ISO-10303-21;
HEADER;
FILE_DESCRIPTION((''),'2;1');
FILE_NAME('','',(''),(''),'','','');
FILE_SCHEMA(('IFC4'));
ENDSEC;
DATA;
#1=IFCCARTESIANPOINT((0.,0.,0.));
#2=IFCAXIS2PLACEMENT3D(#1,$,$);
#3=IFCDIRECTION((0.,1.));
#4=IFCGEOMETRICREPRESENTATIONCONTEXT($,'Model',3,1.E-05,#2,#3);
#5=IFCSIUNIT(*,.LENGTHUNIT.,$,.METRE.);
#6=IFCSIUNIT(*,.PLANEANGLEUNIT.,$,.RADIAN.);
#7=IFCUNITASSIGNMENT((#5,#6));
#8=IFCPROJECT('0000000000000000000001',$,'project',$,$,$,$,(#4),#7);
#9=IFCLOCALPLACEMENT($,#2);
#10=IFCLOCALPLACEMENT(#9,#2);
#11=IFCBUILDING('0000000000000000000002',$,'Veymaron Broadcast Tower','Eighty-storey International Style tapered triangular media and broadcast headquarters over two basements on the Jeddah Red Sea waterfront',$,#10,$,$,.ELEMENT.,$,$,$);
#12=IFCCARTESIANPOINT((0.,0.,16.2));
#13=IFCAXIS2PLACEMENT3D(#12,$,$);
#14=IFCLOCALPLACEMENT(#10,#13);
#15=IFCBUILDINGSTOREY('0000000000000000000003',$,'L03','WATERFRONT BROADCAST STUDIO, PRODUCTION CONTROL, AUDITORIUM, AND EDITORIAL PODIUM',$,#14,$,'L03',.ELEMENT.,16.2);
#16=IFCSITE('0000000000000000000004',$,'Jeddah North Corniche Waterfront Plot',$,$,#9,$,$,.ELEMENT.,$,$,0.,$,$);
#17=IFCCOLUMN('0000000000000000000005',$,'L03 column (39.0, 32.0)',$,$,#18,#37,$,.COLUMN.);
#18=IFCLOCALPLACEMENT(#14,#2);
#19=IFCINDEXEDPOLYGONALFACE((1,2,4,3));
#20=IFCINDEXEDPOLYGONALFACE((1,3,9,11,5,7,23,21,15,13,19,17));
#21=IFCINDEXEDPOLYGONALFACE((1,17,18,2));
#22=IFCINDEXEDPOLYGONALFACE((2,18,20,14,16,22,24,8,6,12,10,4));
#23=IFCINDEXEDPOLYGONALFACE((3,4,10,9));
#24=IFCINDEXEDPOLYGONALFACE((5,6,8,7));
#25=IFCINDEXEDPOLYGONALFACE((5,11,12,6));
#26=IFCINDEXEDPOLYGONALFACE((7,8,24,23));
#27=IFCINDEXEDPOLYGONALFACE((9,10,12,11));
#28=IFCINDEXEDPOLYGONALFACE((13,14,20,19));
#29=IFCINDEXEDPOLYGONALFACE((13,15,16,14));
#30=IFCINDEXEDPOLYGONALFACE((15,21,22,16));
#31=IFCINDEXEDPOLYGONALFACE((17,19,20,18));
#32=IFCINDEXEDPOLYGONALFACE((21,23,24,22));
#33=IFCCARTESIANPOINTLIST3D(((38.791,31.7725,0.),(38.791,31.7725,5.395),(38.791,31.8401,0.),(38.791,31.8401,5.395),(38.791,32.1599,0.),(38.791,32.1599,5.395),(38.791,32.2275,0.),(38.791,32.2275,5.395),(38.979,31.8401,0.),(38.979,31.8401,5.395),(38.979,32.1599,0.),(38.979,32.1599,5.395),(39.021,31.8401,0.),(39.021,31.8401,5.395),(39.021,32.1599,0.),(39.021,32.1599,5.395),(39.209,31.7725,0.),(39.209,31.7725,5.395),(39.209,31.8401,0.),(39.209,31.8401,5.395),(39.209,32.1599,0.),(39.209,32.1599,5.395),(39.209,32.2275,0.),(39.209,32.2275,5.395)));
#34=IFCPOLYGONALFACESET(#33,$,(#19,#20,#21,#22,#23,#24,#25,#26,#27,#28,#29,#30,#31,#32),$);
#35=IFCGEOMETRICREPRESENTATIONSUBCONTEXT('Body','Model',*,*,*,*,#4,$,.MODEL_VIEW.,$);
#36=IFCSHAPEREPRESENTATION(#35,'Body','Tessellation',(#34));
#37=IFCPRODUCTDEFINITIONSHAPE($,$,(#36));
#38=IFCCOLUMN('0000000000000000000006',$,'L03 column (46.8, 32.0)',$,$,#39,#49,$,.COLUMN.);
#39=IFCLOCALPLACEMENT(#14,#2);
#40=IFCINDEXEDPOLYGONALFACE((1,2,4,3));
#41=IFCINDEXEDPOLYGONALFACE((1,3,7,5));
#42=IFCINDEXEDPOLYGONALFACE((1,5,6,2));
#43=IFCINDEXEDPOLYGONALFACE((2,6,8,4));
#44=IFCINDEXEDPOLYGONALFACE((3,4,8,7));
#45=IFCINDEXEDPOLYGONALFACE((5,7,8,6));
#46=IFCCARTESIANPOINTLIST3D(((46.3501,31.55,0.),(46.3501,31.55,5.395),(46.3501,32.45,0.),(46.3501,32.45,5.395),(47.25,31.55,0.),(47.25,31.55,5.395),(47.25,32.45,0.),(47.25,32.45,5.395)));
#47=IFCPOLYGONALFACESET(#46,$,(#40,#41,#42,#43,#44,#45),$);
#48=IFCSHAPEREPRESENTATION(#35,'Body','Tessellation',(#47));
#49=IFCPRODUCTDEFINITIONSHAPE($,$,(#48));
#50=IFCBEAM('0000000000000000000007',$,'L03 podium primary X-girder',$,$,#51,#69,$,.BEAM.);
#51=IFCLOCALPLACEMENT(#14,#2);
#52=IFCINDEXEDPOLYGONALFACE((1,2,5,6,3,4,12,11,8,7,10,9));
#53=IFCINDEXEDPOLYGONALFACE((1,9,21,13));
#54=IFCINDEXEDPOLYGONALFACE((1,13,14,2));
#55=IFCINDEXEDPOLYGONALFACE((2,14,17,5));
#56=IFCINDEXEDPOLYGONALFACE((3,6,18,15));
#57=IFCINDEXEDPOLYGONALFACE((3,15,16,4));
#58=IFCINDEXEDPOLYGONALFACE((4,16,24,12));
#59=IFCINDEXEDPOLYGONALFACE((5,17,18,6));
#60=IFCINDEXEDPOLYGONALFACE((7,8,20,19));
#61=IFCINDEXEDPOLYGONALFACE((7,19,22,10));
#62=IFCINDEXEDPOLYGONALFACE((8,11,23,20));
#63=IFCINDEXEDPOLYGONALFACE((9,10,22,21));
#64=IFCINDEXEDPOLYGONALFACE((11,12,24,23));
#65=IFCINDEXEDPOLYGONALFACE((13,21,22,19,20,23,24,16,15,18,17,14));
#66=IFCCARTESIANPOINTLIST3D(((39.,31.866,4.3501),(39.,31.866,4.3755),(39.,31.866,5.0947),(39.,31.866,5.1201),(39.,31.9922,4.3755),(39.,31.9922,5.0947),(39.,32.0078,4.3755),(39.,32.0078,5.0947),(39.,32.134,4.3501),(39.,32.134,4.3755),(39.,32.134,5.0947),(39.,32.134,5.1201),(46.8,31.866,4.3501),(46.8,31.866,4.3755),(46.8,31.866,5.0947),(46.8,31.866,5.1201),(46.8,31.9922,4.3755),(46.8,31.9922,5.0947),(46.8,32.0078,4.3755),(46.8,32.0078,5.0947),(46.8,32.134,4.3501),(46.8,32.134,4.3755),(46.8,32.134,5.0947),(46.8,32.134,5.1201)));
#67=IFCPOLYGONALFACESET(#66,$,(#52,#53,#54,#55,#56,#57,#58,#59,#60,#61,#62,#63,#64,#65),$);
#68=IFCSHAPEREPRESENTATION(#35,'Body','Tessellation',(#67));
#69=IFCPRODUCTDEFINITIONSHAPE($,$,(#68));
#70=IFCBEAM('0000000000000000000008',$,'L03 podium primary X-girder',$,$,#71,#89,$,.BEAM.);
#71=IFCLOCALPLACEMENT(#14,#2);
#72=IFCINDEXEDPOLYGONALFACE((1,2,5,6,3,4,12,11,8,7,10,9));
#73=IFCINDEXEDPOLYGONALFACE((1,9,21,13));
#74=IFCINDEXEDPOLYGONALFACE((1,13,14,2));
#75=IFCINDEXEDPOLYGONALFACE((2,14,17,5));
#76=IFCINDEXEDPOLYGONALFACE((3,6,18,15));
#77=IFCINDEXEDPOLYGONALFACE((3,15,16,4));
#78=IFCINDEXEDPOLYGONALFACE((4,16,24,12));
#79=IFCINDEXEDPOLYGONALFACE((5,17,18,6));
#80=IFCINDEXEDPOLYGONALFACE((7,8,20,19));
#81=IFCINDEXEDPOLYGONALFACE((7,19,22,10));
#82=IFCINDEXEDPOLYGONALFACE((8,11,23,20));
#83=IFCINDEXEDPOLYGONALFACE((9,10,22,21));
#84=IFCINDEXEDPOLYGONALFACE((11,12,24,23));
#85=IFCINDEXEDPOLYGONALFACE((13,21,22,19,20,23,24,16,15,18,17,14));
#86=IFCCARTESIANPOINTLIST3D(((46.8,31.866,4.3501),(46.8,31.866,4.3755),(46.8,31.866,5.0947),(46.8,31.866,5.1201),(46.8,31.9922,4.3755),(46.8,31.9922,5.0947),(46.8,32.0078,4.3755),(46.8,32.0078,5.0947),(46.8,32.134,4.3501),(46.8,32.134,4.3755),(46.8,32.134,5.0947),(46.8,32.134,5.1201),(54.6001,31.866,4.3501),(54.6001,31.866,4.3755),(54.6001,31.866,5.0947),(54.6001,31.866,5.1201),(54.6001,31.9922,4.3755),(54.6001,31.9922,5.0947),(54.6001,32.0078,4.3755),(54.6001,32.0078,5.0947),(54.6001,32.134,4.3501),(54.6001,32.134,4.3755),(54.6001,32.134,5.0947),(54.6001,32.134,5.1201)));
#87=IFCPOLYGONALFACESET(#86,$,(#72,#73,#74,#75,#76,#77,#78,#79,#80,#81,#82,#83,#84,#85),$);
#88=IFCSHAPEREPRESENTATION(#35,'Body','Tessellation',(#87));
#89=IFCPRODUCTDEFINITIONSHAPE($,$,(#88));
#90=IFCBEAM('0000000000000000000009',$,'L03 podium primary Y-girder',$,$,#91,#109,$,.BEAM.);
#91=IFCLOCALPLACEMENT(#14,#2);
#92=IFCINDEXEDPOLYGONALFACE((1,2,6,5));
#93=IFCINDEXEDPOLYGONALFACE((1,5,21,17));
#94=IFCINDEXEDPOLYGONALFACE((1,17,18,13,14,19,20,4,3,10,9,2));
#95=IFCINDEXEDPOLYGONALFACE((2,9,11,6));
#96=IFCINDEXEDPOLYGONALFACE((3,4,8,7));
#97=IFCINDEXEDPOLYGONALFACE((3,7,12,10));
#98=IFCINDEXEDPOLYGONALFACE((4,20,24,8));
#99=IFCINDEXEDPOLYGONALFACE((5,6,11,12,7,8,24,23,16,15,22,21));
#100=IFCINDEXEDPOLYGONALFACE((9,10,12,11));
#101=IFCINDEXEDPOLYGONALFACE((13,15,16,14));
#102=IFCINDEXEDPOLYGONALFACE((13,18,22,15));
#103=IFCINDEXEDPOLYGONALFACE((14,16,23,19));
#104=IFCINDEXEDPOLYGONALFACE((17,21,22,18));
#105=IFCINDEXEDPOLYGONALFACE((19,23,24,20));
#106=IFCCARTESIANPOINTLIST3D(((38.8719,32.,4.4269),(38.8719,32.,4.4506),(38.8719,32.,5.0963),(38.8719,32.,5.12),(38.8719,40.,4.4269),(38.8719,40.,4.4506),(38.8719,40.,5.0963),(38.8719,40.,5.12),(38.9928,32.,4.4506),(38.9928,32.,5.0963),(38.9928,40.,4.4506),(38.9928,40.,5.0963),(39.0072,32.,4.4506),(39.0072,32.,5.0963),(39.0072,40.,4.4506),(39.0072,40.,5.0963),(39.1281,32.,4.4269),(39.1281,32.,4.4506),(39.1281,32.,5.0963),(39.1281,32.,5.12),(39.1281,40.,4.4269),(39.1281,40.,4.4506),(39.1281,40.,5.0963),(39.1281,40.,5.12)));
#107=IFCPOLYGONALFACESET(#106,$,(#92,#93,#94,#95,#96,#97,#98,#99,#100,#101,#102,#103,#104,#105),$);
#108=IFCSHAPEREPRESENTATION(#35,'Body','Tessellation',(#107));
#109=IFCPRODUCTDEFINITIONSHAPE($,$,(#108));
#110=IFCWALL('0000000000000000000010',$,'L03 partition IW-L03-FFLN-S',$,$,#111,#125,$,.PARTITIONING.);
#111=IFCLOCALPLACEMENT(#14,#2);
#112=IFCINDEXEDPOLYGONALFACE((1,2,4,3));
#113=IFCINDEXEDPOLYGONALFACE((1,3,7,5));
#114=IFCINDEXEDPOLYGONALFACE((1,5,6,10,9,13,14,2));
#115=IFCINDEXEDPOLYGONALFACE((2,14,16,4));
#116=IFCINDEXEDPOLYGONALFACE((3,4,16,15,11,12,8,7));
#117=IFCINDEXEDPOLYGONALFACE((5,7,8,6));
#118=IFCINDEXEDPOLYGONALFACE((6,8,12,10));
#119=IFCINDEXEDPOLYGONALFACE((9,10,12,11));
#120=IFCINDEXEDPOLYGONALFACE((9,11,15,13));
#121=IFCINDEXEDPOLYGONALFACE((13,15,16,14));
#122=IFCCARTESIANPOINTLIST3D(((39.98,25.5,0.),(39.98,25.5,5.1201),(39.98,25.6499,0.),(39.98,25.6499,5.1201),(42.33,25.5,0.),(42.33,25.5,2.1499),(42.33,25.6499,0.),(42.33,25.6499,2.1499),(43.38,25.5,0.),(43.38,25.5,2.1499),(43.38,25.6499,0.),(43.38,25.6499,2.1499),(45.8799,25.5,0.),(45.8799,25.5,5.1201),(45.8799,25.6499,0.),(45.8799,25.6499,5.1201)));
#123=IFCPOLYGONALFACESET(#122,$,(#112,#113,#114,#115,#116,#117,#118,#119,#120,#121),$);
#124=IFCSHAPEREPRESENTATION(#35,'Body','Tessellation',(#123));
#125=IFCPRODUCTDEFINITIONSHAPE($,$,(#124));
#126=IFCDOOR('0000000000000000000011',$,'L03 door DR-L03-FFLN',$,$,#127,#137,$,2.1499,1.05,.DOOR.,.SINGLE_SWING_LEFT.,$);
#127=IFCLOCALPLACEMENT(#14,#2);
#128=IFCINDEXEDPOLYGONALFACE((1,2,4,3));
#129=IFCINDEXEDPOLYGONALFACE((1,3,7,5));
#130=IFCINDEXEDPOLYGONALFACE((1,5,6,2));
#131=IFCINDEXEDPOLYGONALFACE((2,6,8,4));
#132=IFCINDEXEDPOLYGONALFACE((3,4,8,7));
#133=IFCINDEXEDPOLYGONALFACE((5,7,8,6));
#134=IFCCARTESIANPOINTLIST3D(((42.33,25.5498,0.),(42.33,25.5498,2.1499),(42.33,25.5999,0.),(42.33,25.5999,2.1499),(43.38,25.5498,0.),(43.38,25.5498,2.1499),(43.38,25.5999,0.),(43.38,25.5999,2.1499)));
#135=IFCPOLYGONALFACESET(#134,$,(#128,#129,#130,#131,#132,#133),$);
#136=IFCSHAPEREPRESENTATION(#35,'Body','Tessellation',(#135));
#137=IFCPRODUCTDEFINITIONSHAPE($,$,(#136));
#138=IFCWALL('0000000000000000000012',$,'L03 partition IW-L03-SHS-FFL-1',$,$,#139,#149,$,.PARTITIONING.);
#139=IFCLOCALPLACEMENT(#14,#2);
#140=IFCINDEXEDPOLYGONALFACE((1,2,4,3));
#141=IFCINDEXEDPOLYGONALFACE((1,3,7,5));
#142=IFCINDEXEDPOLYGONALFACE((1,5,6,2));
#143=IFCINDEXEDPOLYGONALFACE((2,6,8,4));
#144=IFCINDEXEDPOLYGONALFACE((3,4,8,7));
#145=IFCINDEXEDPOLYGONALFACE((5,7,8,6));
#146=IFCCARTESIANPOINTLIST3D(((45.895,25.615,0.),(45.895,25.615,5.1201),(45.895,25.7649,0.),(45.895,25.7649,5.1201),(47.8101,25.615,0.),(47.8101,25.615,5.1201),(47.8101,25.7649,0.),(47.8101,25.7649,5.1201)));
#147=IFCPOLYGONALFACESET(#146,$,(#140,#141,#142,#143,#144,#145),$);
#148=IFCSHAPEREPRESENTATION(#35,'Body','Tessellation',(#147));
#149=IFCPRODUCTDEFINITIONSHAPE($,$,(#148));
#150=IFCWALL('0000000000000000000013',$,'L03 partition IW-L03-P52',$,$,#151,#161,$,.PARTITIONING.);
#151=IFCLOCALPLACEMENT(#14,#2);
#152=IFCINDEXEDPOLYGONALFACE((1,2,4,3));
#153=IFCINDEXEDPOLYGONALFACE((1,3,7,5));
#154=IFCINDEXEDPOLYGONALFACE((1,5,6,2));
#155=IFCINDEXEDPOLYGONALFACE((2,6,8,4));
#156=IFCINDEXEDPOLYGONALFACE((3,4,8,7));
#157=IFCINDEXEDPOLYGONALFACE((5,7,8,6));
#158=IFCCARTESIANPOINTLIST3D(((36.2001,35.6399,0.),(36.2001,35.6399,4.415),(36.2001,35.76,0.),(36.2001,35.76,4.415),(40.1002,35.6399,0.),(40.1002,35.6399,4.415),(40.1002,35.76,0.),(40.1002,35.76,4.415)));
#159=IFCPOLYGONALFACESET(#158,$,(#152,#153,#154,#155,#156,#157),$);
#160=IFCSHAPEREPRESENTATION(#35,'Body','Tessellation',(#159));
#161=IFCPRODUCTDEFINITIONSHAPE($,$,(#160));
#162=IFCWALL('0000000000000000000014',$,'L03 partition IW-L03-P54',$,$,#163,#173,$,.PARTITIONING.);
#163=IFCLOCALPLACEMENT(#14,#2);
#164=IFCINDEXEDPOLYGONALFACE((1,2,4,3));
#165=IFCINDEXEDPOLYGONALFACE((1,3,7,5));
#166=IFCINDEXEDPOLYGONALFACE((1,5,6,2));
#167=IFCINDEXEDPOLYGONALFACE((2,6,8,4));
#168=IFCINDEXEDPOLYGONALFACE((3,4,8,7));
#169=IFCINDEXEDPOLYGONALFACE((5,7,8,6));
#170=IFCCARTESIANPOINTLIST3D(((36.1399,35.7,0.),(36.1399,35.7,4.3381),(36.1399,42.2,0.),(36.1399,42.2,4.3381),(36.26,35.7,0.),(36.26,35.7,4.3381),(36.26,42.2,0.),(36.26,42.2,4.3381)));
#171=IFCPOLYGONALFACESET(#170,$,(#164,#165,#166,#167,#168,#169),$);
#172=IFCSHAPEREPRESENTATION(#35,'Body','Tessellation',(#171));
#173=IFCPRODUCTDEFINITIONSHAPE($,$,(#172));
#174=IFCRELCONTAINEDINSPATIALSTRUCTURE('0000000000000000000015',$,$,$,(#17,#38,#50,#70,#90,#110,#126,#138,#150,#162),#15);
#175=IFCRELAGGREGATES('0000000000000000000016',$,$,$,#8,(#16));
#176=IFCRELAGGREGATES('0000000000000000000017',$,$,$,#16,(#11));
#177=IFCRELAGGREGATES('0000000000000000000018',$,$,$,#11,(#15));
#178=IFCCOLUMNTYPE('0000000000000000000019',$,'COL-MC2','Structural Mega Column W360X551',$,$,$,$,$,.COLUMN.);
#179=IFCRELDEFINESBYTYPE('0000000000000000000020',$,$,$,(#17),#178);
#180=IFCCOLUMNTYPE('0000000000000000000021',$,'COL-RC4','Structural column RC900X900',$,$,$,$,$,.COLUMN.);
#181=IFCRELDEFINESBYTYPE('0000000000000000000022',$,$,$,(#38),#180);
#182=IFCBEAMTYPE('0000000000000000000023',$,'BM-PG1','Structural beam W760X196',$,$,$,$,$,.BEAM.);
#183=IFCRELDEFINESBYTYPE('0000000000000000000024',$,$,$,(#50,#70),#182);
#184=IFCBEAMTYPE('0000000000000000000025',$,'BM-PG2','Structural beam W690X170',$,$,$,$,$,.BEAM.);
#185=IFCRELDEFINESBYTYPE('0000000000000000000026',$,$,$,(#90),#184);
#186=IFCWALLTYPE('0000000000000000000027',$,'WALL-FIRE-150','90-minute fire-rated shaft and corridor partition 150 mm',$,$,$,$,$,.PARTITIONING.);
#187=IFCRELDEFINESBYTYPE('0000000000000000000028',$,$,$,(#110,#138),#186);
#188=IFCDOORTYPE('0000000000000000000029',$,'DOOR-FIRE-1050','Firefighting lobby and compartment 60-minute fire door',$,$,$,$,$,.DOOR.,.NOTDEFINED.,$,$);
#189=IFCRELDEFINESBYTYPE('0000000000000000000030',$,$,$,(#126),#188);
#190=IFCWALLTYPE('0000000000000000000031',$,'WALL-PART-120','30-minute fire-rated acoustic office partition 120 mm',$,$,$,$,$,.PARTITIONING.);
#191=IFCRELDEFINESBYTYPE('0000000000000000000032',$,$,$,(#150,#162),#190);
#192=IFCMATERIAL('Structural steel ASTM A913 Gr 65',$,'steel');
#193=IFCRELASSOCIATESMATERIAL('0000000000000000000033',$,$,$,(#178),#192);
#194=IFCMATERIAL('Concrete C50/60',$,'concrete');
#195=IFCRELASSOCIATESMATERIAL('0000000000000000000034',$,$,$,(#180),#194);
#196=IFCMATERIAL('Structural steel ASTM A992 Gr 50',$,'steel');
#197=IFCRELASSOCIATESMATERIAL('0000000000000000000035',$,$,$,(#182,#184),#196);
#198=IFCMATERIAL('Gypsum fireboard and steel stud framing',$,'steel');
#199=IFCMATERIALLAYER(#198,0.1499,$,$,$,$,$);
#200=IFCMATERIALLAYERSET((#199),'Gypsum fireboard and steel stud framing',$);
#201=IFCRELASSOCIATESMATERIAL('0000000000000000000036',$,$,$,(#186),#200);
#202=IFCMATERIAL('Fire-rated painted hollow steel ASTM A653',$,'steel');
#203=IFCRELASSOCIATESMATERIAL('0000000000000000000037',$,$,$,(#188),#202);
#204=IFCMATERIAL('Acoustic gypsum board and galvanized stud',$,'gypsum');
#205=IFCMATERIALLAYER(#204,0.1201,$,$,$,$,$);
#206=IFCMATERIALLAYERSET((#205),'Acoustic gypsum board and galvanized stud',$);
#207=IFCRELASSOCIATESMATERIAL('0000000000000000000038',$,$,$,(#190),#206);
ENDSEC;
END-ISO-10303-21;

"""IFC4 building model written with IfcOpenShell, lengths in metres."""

from ifc_helpers import new_model, si_unit, direction, frame, frame_2d, origin, origin_2d, place, context, subcontext, project, spatial, rectangle, i_section, extrude, material, layer, layer_set, material_profile, profile_set, type_object, element, fill, save


model = new_model("IFC4")

# Units and contexts
model_context = context("Model", 3, precision=1e-05, world=origin(), true_north=direction((0.0, 1.0)))
body_context = subcontext(model_context, "Body", "Model", "MODEL_VIEW")
ifc_project = project(units=[si_unit("LENGTHUNIT", "METRE"), si_unit("PLANEANGLEUNIT", "RADIAN")], contexts=[model_context])

# Site, building, storey
site_placement = place(None, origin())
site = spatial("IfcSite", under=ifc_project, at=site_placement, Name="Jeddah North Corniche Waterfront Plot", CompositionType="ELEMENT", RefElevation=0.0)
building_placement = place(site_placement, origin())
building = spatial("IfcBuilding", under=site, at=building_placement, Name="Veymaron Broadcast Tower", Description="Eighty-storey International Style tapered triangular media and broadcast headquarters over two basements on the Jeddah Red Sea waterfront", CompositionType="ELEMENT")
storey_placement = place(building_placement, frame((0.0, 0.0, 16.2)))
storey = spatial("IfcBuildingStorey", under=building, at=storey_placement, Name="L03", Description="WATERFRONT BROADCAST STUDIO, PRODUCTION CONTROL, AUDITORIUM, AND EDITORIAL PODIUM", LongName="L03", CompositionType="ELEMENT", Elevation=16.2)

# Columns
ifc_material_1 = material(Name="Structural steel ASTM A913 Gr 65", Category="steel")
ifc_material_profile_1 = material_profile(ifc_material_1, i_section(OverallWidth=0.418, OverallDepth=0.4551, WebThickness=0.042, FlangeThickness=0.0676, at=origin_2d()), Name="W360X551")
ifc_profile_set_1 = profile_set([ifc_material_profile_1], Name="Structural steel ASTM A913 Gr 65")
column_type_1 = type_object("IfcColumnType", Name="COL-MC2", Description="Structural Mega Column W360X551", PredefinedType="COLUMN", material=ifc_profile_set_1)
column_1_placement = place(storey_placement, frame((39.0, 32.0, 0.0), z_axis=(0.0, 0.0, 1.0), x_axis=(1.0, 0.0, 0.0)))
element("IfcColumn", 1, at=column_1_placement, inside=storey, type_object=column_type_1, Name="L03 column (39.0, 32.0)", PredefinedType="COLUMN", context=body_context, shape_type="SweptSolid", body=[
    extrude(i_section(OverallWidth=0.418, OverallDepth=0.4551, WebThickness=0.042, FlangeThickness=0.0676, at=origin_2d()), origin(), (0.0, 0.0, 1.0), 5.395),
])
ifc_material_2 = material(Name="Concrete C50/60", Category="concrete")
ifc_material_profile_2 = material_profile(ifc_material_2, rectangle(XDim=0.8999, YDim=0.8999, at=origin_2d()), Name="RC900X900")
ifc_profile_set_2 = profile_set([ifc_material_profile_2], Name="Concrete C50/60")
column_type_2 = type_object("IfcColumnType", Name="COL-RC4", Description="Structural column RC900X900", PredefinedType="COLUMN", material=ifc_profile_set_2)
column_2_placement = place(storey_placement, frame((46.8, 32.0, 0.0), z_axis=(0.0, 0.0, 1.0), x_axis=(1.0, 0.0, 0.0)))
element("IfcColumn", 2, at=column_2_placement, inside=storey, type_object=column_type_2, Name="L03 column (46.8, 32.0)", PredefinedType="COLUMN", context=body_context, shape_type="SweptSolid", body=[
    extrude(rectangle(XDim=0.8999, YDim=0.8999, at=origin_2d()), origin(), (0.0, 0.0, 1.0), 5.395),
])

# Beams
ifc_material_3 = material(Name="Structural steel ASTM A992 Gr 50", Category="steel")
ifc_material_profile_3 = material_profile(ifc_material_3, i_section(OverallWidth=0.2681, OverallDepth=0.77, WebThickness=0.0156, FlangeThickness=0.0254, at=origin_2d()), Name="W760X196")
ifc_profile_set_3 = profile_set([ifc_material_profile_3], Name="Structural steel ASTM A992 Gr 50")
beam_type_1 = type_object("IfcBeamType", Name="BM-PG1", Description="Structural beam W760X196", PredefinedType="BEAM", material=ifc_profile_set_3)
for number, where, z_axis, x_axis, name in (
    (3, (39.0, 32.0, 4.7351), (1.0, 0.0, 0.0), (0.0, 1.0, 0.0), "L03 podium primary X-girder"),
    (4, (46.8, 32.0, 4.7351), (1.0, 0.0, 0.0), (0.0, 1.0, 0.0), "L03 podium primary X-girder"),
):
    element("IfcBeam", number, at=place(storey_placement, frame(where, z_axis=z_axis, x_axis=x_axis)), inside=storey, type_object=beam_type_1, Name=name, PredefinedType="BEAM", context=body_context, shape_type="SweptSolid", body=[
        extrude(i_section(OverallWidth=0.2681, OverallDepth=0.77, WebThickness=0.0156, FlangeThickness=0.0254, at=origin_2d()), origin(), (0.0, 0.0, 1.0), 7.8),
    ])
ifc_material_profile_4 = material_profile(ifc_material_3, i_section(OverallWidth=0.2561, OverallDepth=0.6931, WebThickness=0.0144, FlangeThickness=0.0237, at=origin_2d()), Name="W690X170")
ifc_profile_set_4 = profile_set([ifc_material_profile_4], Name="Structural steel ASTM A992 Gr 50")
beam_type_2 = type_object("IfcBeamType", Name="BM-PG2", Description="Structural beam W690X170", PredefinedType="BEAM", material=ifc_profile_set_4)
beam_placement = place(storey_placement, frame((39.0, 32.0, 4.7734), z_axis=(0.0, 1.0, 0.0), x_axis=(-1.0, 0.0, 0.0)))
element("IfcBeam", 5, at=beam_placement, inside=storey, type_object=beam_type_2, Name="L03 podium primary Y-girder", PredefinedType="BEAM", context=body_context, shape_type="SweptSolid", body=[
    extrude(i_section(OverallWidth=0.2561, OverallDepth=0.6931, WebThickness=0.0144, FlangeThickness=0.0237, at=origin_2d()), origin(), (0.0, 0.0, 1.0), 8.0),
])

# Wall, opening, door
ifc_material_4 = material(Name="Gypsum fireboard and steel stud framing", Category="steel")
ifc_layer_1 = layer(ifc_material_4, 0.1499)
ifc_layer_set_1 = layer_set([ifc_layer_1], Name="Gypsum fireboard and steel stud framing")
wall_type_1 = type_object("IfcWallType", Name="WALL-FIRE-150", Description="90-minute fire-rated shaft and corridor partition 150 mm", PredefinedType="PARTITIONING", material=ifc_layer_set_1)
wall_1_placement = place(storey_placement, frame((39.98, 25.575, 0.0), z_axis=(0.0, 0.0, 1.0), x_axis=(1.0, 0.0, 0.0)))
wall_1 = element("IfcWall", 6, at=wall_1_placement, inside=storey, type_object=wall_type_1, Name="L03 partition IW-L03-FFLN-S", PredefinedType="PARTITIONING", context=body_context, shape_type="SweptSolid", body=[
    extrude(rectangle(XDim=5.8999, YDim=0.1499, at=frame_2d((2.95, 0.0))), origin(), (0.0, 0.0, 1.0), 5.1201),
])
opening_1_placement = place(wall_1_placement, frame((2.3501, 0.0, 0.0)))
opening_1 = element("IfcOpeningElement", 7, at=opening_1_placement, cuts=wall_1, PredefinedType="OPENING", context=body_context, shape_type="SweptSolid", body=[
    extrude(rectangle(XDim=1.05, YDim=2.1499, at=frame_2d((0.5249, 1.075))), frame((0.0, 0.085, 0.0), z_axis=(0.0, -1.0, 0.0), x_axis=(1.0, 0.0, 0.0)), (0.0, 0.0, 1.0), 0.1699),
])
ifc_material_5 = material(Name="Fire-rated painted hollow steel ASTM A653", Category="steel")
door_type_1 = type_object("IfcDoorType", Name="DOOR-FIRE-1050", Description="Firefighting lobby and compartment 60-minute fire door", OperationType="NOTDEFINED", PredefinedType="DOOR", material=ifc_material_5)
door_1_placement = place(opening_1_placement, origin())
door_1 = element("IfcDoor", 8, at=door_1_placement, inside=storey, type_object=door_type_1, Name="L03 door DR-L03-FFLN", OperationType="SINGLE_SWING_LEFT", OverallHeight=2.1499, OverallWidth=1.05, PredefinedType="DOOR", context=body_context, shape_type="SweptSolid", body=[
    extrude(rectangle(XDim=1.05, YDim=2.1499, at=frame_2d((0.5249, 1.075))), frame((0.0, 0.0249, 0.0), z_axis=(0.0, -1.0, 0.0), x_axis=(1.0, 0.0, 0.0)), (0.0, 0.0, 1.0), 0.05),
])
fill(opening_1, door_1)

# Walls
wall_2_placement = place(storey_placement, frame((45.895, 25.6899, 0.0), z_axis=(0.0, 0.0, 1.0), x_axis=(1.0, 0.0, 0.0)))
element("IfcWall", 9, at=wall_2_placement, inside=storey, type_object=wall_type_1, Name="L03 partition IW-L03-SHS-FFL-1", PredefinedType="PARTITIONING", context=body_context, shape_type="SweptSolid", body=[
    extrude(rectangle(XDim=1.915, YDim=0.1499, at=frame_2d((0.9575, 0.0))), origin(), (0.0, 0.0, 1.0), 5.1201),
])
ifc_material_6 = material(Name="Acoustic gypsum board and galvanized stud", Category="gypsum")
ifc_layer_2 = layer(ifc_material_6, 0.1201)
ifc_layer_set_2 = layer_set([ifc_layer_2], Name="Acoustic gypsum board and galvanized stud")
wall_type_2 = type_object("IfcWallType", Name="WALL-PART-120", Description="30-minute fire-rated acoustic office partition 120 mm", PredefinedType="PARTITIONING", material=ifc_layer_set_2)
wall_3_placement = place(storey_placement, frame((36.2, 35.7, 0.0), z_axis=(0.0, 0.0, 1.0), x_axis=(1.0, 0.0, 0.0)))
element("IfcWall", 10, at=wall_3_placement, inside=storey, type_object=wall_type_2, Name="L03 partition IW-L03-P52", PredefinedType="PARTITIONING", context=body_context, shape_type="SweptSolid", body=[
    extrude(rectangle(XDim=3.9001, YDim=0.1201, at=frame_2d((1.9502, 0.0))), origin(), (0.0, 0.0, 1.0), 4.415),
])
wall_4_placement = place(storey_placement, frame((36.2, 35.7, 0.0), z_axis=(0.0, 0.0, 1.0), x_axis=(0.0, 1.0, 0.0)))
element("IfcWall", 11, at=wall_4_placement, inside=storey, type_object=wall_type_2, Name="L03 partition IW-L03-P54", PredefinedType="PARTITIONING", context=body_context, shape_type="SweptSolid", body=[
    extrude(rectangle(XDim=6.5, YDim=0.1201, at=frame_2d((3.25, 0.0))), origin(), (0.0, 0.0, 1.0), 4.3381),
])

save(model, "model.ifc")
